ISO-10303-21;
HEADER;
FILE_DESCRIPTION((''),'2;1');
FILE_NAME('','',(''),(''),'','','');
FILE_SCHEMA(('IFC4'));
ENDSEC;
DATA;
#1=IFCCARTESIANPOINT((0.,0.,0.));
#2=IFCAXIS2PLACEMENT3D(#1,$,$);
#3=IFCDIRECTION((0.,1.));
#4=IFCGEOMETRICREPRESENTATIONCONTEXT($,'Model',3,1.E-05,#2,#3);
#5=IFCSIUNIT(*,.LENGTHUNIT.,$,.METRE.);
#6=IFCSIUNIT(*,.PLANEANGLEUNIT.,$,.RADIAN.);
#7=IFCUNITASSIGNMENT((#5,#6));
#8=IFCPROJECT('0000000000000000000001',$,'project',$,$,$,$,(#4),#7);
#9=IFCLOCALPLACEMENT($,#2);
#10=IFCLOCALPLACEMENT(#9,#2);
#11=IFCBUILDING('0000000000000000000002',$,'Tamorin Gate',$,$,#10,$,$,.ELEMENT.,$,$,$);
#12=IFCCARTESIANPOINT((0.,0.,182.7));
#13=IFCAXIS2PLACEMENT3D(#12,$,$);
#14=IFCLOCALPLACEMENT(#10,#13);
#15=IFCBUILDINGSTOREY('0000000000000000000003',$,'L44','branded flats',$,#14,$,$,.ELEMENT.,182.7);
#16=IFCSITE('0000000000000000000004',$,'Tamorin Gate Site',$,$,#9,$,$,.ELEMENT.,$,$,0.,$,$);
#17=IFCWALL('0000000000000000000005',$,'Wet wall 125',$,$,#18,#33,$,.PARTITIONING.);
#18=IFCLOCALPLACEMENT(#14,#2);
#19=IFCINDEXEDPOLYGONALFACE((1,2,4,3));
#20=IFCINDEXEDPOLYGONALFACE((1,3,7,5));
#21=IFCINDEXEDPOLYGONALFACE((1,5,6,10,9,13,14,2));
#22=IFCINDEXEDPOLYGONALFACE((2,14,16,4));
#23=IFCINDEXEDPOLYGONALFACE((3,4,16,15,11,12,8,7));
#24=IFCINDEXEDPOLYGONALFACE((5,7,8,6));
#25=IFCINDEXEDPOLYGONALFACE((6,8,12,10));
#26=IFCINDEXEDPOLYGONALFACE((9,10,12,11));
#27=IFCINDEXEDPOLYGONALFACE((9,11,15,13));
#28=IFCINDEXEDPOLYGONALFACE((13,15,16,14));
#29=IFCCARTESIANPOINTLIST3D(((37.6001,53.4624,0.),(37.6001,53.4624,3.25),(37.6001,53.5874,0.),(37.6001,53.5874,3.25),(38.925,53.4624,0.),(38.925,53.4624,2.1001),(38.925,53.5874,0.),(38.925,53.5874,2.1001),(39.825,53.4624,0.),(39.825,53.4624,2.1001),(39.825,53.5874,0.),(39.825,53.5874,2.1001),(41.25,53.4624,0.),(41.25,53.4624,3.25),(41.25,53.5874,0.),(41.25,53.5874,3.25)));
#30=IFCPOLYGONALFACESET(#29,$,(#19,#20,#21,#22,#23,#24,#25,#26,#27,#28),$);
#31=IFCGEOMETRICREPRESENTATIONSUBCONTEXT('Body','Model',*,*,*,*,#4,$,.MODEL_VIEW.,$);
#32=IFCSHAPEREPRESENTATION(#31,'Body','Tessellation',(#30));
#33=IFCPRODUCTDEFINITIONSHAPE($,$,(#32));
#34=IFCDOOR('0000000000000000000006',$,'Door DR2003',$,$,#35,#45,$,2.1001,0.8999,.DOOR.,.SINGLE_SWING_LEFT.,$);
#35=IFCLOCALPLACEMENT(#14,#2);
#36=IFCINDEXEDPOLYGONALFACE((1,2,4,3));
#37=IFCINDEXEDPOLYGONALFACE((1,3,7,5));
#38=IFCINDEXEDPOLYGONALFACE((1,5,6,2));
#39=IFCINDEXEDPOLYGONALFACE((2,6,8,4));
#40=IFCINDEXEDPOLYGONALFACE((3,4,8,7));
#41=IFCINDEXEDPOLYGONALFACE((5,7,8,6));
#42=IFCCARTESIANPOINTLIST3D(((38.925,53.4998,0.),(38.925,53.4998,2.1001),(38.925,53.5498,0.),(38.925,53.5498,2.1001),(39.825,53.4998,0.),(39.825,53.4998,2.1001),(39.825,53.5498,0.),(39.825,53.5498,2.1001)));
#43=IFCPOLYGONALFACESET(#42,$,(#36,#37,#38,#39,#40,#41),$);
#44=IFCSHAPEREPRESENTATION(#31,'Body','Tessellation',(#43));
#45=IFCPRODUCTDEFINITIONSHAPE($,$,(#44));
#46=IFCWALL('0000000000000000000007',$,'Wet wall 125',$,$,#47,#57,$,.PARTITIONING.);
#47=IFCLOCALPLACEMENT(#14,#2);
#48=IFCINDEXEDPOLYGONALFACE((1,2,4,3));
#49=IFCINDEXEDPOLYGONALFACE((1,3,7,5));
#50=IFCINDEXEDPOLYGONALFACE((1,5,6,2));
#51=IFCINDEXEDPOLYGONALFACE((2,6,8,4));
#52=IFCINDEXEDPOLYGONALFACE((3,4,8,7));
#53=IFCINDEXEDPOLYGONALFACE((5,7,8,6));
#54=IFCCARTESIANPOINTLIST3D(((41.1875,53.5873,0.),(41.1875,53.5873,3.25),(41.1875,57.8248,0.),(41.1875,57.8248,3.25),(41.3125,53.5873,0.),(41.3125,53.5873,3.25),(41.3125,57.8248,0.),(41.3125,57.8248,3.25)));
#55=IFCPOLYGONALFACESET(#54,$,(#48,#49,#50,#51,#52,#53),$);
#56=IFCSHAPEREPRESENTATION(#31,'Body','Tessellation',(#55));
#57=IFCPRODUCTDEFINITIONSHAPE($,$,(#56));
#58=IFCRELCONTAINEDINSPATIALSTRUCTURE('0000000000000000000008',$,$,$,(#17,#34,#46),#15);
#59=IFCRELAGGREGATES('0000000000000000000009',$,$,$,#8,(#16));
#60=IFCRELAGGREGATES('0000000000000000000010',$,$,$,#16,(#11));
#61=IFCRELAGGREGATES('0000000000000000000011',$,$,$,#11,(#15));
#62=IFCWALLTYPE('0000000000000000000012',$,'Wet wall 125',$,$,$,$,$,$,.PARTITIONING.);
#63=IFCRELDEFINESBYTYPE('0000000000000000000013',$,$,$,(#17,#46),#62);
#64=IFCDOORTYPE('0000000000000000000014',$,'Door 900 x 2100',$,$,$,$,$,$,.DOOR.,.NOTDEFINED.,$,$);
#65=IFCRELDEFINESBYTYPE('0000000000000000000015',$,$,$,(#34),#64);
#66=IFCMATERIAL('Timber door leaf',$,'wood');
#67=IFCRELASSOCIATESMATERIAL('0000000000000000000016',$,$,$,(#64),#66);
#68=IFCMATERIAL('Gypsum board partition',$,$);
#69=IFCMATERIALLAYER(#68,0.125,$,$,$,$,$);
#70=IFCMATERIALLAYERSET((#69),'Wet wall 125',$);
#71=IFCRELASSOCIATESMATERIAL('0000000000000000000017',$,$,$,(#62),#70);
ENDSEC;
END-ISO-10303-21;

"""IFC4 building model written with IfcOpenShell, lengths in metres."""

from ifc_helpers import new_model, si_unit, direction, frame, frame_2d, origin, place, context, subcontext, project, spatial, rectangle, extrude, material, layer, layer_set, type_object, element, fill, save


model = new_model("IFC4")

# Units and contexts
model_context = context("Model", 3, precision=1e-05, world=origin(), true_north=direction((0.0, 1.0)))
body_context = subcontext(model_context, "Body", "Model", "MODEL_VIEW")
ifc_project = project(units=[si_unit("LENGTHUNIT", "METRE"), si_unit("PLANEANGLEUNIT", "RADIAN")], contexts=[model_context])

# Site, building, storey
site_placement = place(None, origin())
site = spatial("IfcSite", under=ifc_project, at=site_placement, Name="Tamorin Gate Site", CompositionType="ELEMENT", RefElevation=0.0)
building_placement = place(site_placement, origin())
building = spatial("IfcBuilding", under=site, at=building_placement, Name="Tamorin Gate", CompositionType="ELEMENT")
storey_placement = place(building_placement, frame((0.0, 0.0, 182.7)))
storey = spatial("IfcBuildingStorey", under=building, at=storey_placement, Name="L44", Description="branded flats", CompositionType="ELEMENT", Elevation=182.7)

# Shared definitions
ifc_material_1 = material(Name="Gypsum board partition")

# Shared definitions
ifc_material_2 = material(Name="Timber door leaf", Category="wood")
door_type = type_object("IfcDoorType", Name="Door 900 x 2100", OperationType="NOTDEFINED", PredefinedType="DOOR", material=ifc_material_2)

# Wall, opening, door
ifc_layer_1 = layer(ifc_material_1, 0.125)
ifc_layer_set_1 = layer_set([ifc_layer_1], Name="Wet wall 125")
wall_type_1 = type_object("IfcWallType", Name="Wet wall 125", PredefinedType="PARTITIONING", material=ifc_layer_set_1)
wall_1_placement = place(storey_placement, frame((37.6001, 53.5249, 0.0), z_axis=(0.0, 0.0, 1.0), x_axis=(1.0, 0.0, 0.0)))
wall_1 = element("IfcWall", 1, at=wall_1_placement, inside=storey, type_object=wall_type_1, Name="Wet wall 125", PredefinedType="PARTITIONING", context=body_context, shape_type="SweptSolid", body=[
    extrude(rectangle(XDim=3.6499, YDim=0.125, at=frame_2d((1.825, 0.0))), origin(), (0.0, 0.0, 1.0), 3.25),
])
opening_1_placement = place(wall_1_placement, frame((1.325, 0.0, 0.0)))
opening_1 = element("IfcOpeningElement", 2, at=opening_1_placement, cuts=wall_1, PredefinedType="OPENING", context=body_context, shape_type="SweptSolid", body=[
    extrude(rectangle(XDim=0.8999, YDim=2.1001, at=frame_2d((0.45, 1.05))), frame((0.0, 0.0725, 0.0), z_axis=(0.0, -1.0, 0.0), x_axis=(1.0, 0.0, 0.0)), (0.0, 0.0, 1.0), 0.145),
])
door_1_placement = place(opening_1_placement, origin())
door_1 = element("IfcDoor", 3, at=door_1_placement, inside=storey, type_object=door_type, Name="Door DR2003", OperationType="SINGLE_SWING_LEFT", OverallHeight=2.1001, OverallWidth=0.8999, PredefinedType="DOOR", context=body_context, shape_type="SweptSolid", body=[
    extrude(rectangle(XDim=0.8999, YDim=2.1001, at=frame_2d((0.45, 1.05))), frame((0.0, 0.0249, 0.0), z_axis=(0.0, -1.0, 0.0), x_axis=(1.0, 0.0, 0.0)), (0.0, 0.0, 1.0), 0.05),
])
fill(opening_1, door_1)

# Wall
wall_2_placement = place(storey_placement, frame((41.25, 53.5874, 0.0), z_axis=(0.0, 0.0, 1.0), x_axis=(0.0, 1.0, 0.0)))
element("IfcWall", 4, at=wall_2_placement, inside=storey, type_object=wall_type_1, Name="Wet wall 125", PredefinedType="PARTITIONING", context=body_context, shape_type="SweptSolid", body=[
    extrude(rectangle(XDim=4.2375, YDim=0.125, at=frame_2d((2.1187, 0.0))), origin(), (0.0, 0.0, 1.0), 3.25),
])

save(model, "model.ifc")
